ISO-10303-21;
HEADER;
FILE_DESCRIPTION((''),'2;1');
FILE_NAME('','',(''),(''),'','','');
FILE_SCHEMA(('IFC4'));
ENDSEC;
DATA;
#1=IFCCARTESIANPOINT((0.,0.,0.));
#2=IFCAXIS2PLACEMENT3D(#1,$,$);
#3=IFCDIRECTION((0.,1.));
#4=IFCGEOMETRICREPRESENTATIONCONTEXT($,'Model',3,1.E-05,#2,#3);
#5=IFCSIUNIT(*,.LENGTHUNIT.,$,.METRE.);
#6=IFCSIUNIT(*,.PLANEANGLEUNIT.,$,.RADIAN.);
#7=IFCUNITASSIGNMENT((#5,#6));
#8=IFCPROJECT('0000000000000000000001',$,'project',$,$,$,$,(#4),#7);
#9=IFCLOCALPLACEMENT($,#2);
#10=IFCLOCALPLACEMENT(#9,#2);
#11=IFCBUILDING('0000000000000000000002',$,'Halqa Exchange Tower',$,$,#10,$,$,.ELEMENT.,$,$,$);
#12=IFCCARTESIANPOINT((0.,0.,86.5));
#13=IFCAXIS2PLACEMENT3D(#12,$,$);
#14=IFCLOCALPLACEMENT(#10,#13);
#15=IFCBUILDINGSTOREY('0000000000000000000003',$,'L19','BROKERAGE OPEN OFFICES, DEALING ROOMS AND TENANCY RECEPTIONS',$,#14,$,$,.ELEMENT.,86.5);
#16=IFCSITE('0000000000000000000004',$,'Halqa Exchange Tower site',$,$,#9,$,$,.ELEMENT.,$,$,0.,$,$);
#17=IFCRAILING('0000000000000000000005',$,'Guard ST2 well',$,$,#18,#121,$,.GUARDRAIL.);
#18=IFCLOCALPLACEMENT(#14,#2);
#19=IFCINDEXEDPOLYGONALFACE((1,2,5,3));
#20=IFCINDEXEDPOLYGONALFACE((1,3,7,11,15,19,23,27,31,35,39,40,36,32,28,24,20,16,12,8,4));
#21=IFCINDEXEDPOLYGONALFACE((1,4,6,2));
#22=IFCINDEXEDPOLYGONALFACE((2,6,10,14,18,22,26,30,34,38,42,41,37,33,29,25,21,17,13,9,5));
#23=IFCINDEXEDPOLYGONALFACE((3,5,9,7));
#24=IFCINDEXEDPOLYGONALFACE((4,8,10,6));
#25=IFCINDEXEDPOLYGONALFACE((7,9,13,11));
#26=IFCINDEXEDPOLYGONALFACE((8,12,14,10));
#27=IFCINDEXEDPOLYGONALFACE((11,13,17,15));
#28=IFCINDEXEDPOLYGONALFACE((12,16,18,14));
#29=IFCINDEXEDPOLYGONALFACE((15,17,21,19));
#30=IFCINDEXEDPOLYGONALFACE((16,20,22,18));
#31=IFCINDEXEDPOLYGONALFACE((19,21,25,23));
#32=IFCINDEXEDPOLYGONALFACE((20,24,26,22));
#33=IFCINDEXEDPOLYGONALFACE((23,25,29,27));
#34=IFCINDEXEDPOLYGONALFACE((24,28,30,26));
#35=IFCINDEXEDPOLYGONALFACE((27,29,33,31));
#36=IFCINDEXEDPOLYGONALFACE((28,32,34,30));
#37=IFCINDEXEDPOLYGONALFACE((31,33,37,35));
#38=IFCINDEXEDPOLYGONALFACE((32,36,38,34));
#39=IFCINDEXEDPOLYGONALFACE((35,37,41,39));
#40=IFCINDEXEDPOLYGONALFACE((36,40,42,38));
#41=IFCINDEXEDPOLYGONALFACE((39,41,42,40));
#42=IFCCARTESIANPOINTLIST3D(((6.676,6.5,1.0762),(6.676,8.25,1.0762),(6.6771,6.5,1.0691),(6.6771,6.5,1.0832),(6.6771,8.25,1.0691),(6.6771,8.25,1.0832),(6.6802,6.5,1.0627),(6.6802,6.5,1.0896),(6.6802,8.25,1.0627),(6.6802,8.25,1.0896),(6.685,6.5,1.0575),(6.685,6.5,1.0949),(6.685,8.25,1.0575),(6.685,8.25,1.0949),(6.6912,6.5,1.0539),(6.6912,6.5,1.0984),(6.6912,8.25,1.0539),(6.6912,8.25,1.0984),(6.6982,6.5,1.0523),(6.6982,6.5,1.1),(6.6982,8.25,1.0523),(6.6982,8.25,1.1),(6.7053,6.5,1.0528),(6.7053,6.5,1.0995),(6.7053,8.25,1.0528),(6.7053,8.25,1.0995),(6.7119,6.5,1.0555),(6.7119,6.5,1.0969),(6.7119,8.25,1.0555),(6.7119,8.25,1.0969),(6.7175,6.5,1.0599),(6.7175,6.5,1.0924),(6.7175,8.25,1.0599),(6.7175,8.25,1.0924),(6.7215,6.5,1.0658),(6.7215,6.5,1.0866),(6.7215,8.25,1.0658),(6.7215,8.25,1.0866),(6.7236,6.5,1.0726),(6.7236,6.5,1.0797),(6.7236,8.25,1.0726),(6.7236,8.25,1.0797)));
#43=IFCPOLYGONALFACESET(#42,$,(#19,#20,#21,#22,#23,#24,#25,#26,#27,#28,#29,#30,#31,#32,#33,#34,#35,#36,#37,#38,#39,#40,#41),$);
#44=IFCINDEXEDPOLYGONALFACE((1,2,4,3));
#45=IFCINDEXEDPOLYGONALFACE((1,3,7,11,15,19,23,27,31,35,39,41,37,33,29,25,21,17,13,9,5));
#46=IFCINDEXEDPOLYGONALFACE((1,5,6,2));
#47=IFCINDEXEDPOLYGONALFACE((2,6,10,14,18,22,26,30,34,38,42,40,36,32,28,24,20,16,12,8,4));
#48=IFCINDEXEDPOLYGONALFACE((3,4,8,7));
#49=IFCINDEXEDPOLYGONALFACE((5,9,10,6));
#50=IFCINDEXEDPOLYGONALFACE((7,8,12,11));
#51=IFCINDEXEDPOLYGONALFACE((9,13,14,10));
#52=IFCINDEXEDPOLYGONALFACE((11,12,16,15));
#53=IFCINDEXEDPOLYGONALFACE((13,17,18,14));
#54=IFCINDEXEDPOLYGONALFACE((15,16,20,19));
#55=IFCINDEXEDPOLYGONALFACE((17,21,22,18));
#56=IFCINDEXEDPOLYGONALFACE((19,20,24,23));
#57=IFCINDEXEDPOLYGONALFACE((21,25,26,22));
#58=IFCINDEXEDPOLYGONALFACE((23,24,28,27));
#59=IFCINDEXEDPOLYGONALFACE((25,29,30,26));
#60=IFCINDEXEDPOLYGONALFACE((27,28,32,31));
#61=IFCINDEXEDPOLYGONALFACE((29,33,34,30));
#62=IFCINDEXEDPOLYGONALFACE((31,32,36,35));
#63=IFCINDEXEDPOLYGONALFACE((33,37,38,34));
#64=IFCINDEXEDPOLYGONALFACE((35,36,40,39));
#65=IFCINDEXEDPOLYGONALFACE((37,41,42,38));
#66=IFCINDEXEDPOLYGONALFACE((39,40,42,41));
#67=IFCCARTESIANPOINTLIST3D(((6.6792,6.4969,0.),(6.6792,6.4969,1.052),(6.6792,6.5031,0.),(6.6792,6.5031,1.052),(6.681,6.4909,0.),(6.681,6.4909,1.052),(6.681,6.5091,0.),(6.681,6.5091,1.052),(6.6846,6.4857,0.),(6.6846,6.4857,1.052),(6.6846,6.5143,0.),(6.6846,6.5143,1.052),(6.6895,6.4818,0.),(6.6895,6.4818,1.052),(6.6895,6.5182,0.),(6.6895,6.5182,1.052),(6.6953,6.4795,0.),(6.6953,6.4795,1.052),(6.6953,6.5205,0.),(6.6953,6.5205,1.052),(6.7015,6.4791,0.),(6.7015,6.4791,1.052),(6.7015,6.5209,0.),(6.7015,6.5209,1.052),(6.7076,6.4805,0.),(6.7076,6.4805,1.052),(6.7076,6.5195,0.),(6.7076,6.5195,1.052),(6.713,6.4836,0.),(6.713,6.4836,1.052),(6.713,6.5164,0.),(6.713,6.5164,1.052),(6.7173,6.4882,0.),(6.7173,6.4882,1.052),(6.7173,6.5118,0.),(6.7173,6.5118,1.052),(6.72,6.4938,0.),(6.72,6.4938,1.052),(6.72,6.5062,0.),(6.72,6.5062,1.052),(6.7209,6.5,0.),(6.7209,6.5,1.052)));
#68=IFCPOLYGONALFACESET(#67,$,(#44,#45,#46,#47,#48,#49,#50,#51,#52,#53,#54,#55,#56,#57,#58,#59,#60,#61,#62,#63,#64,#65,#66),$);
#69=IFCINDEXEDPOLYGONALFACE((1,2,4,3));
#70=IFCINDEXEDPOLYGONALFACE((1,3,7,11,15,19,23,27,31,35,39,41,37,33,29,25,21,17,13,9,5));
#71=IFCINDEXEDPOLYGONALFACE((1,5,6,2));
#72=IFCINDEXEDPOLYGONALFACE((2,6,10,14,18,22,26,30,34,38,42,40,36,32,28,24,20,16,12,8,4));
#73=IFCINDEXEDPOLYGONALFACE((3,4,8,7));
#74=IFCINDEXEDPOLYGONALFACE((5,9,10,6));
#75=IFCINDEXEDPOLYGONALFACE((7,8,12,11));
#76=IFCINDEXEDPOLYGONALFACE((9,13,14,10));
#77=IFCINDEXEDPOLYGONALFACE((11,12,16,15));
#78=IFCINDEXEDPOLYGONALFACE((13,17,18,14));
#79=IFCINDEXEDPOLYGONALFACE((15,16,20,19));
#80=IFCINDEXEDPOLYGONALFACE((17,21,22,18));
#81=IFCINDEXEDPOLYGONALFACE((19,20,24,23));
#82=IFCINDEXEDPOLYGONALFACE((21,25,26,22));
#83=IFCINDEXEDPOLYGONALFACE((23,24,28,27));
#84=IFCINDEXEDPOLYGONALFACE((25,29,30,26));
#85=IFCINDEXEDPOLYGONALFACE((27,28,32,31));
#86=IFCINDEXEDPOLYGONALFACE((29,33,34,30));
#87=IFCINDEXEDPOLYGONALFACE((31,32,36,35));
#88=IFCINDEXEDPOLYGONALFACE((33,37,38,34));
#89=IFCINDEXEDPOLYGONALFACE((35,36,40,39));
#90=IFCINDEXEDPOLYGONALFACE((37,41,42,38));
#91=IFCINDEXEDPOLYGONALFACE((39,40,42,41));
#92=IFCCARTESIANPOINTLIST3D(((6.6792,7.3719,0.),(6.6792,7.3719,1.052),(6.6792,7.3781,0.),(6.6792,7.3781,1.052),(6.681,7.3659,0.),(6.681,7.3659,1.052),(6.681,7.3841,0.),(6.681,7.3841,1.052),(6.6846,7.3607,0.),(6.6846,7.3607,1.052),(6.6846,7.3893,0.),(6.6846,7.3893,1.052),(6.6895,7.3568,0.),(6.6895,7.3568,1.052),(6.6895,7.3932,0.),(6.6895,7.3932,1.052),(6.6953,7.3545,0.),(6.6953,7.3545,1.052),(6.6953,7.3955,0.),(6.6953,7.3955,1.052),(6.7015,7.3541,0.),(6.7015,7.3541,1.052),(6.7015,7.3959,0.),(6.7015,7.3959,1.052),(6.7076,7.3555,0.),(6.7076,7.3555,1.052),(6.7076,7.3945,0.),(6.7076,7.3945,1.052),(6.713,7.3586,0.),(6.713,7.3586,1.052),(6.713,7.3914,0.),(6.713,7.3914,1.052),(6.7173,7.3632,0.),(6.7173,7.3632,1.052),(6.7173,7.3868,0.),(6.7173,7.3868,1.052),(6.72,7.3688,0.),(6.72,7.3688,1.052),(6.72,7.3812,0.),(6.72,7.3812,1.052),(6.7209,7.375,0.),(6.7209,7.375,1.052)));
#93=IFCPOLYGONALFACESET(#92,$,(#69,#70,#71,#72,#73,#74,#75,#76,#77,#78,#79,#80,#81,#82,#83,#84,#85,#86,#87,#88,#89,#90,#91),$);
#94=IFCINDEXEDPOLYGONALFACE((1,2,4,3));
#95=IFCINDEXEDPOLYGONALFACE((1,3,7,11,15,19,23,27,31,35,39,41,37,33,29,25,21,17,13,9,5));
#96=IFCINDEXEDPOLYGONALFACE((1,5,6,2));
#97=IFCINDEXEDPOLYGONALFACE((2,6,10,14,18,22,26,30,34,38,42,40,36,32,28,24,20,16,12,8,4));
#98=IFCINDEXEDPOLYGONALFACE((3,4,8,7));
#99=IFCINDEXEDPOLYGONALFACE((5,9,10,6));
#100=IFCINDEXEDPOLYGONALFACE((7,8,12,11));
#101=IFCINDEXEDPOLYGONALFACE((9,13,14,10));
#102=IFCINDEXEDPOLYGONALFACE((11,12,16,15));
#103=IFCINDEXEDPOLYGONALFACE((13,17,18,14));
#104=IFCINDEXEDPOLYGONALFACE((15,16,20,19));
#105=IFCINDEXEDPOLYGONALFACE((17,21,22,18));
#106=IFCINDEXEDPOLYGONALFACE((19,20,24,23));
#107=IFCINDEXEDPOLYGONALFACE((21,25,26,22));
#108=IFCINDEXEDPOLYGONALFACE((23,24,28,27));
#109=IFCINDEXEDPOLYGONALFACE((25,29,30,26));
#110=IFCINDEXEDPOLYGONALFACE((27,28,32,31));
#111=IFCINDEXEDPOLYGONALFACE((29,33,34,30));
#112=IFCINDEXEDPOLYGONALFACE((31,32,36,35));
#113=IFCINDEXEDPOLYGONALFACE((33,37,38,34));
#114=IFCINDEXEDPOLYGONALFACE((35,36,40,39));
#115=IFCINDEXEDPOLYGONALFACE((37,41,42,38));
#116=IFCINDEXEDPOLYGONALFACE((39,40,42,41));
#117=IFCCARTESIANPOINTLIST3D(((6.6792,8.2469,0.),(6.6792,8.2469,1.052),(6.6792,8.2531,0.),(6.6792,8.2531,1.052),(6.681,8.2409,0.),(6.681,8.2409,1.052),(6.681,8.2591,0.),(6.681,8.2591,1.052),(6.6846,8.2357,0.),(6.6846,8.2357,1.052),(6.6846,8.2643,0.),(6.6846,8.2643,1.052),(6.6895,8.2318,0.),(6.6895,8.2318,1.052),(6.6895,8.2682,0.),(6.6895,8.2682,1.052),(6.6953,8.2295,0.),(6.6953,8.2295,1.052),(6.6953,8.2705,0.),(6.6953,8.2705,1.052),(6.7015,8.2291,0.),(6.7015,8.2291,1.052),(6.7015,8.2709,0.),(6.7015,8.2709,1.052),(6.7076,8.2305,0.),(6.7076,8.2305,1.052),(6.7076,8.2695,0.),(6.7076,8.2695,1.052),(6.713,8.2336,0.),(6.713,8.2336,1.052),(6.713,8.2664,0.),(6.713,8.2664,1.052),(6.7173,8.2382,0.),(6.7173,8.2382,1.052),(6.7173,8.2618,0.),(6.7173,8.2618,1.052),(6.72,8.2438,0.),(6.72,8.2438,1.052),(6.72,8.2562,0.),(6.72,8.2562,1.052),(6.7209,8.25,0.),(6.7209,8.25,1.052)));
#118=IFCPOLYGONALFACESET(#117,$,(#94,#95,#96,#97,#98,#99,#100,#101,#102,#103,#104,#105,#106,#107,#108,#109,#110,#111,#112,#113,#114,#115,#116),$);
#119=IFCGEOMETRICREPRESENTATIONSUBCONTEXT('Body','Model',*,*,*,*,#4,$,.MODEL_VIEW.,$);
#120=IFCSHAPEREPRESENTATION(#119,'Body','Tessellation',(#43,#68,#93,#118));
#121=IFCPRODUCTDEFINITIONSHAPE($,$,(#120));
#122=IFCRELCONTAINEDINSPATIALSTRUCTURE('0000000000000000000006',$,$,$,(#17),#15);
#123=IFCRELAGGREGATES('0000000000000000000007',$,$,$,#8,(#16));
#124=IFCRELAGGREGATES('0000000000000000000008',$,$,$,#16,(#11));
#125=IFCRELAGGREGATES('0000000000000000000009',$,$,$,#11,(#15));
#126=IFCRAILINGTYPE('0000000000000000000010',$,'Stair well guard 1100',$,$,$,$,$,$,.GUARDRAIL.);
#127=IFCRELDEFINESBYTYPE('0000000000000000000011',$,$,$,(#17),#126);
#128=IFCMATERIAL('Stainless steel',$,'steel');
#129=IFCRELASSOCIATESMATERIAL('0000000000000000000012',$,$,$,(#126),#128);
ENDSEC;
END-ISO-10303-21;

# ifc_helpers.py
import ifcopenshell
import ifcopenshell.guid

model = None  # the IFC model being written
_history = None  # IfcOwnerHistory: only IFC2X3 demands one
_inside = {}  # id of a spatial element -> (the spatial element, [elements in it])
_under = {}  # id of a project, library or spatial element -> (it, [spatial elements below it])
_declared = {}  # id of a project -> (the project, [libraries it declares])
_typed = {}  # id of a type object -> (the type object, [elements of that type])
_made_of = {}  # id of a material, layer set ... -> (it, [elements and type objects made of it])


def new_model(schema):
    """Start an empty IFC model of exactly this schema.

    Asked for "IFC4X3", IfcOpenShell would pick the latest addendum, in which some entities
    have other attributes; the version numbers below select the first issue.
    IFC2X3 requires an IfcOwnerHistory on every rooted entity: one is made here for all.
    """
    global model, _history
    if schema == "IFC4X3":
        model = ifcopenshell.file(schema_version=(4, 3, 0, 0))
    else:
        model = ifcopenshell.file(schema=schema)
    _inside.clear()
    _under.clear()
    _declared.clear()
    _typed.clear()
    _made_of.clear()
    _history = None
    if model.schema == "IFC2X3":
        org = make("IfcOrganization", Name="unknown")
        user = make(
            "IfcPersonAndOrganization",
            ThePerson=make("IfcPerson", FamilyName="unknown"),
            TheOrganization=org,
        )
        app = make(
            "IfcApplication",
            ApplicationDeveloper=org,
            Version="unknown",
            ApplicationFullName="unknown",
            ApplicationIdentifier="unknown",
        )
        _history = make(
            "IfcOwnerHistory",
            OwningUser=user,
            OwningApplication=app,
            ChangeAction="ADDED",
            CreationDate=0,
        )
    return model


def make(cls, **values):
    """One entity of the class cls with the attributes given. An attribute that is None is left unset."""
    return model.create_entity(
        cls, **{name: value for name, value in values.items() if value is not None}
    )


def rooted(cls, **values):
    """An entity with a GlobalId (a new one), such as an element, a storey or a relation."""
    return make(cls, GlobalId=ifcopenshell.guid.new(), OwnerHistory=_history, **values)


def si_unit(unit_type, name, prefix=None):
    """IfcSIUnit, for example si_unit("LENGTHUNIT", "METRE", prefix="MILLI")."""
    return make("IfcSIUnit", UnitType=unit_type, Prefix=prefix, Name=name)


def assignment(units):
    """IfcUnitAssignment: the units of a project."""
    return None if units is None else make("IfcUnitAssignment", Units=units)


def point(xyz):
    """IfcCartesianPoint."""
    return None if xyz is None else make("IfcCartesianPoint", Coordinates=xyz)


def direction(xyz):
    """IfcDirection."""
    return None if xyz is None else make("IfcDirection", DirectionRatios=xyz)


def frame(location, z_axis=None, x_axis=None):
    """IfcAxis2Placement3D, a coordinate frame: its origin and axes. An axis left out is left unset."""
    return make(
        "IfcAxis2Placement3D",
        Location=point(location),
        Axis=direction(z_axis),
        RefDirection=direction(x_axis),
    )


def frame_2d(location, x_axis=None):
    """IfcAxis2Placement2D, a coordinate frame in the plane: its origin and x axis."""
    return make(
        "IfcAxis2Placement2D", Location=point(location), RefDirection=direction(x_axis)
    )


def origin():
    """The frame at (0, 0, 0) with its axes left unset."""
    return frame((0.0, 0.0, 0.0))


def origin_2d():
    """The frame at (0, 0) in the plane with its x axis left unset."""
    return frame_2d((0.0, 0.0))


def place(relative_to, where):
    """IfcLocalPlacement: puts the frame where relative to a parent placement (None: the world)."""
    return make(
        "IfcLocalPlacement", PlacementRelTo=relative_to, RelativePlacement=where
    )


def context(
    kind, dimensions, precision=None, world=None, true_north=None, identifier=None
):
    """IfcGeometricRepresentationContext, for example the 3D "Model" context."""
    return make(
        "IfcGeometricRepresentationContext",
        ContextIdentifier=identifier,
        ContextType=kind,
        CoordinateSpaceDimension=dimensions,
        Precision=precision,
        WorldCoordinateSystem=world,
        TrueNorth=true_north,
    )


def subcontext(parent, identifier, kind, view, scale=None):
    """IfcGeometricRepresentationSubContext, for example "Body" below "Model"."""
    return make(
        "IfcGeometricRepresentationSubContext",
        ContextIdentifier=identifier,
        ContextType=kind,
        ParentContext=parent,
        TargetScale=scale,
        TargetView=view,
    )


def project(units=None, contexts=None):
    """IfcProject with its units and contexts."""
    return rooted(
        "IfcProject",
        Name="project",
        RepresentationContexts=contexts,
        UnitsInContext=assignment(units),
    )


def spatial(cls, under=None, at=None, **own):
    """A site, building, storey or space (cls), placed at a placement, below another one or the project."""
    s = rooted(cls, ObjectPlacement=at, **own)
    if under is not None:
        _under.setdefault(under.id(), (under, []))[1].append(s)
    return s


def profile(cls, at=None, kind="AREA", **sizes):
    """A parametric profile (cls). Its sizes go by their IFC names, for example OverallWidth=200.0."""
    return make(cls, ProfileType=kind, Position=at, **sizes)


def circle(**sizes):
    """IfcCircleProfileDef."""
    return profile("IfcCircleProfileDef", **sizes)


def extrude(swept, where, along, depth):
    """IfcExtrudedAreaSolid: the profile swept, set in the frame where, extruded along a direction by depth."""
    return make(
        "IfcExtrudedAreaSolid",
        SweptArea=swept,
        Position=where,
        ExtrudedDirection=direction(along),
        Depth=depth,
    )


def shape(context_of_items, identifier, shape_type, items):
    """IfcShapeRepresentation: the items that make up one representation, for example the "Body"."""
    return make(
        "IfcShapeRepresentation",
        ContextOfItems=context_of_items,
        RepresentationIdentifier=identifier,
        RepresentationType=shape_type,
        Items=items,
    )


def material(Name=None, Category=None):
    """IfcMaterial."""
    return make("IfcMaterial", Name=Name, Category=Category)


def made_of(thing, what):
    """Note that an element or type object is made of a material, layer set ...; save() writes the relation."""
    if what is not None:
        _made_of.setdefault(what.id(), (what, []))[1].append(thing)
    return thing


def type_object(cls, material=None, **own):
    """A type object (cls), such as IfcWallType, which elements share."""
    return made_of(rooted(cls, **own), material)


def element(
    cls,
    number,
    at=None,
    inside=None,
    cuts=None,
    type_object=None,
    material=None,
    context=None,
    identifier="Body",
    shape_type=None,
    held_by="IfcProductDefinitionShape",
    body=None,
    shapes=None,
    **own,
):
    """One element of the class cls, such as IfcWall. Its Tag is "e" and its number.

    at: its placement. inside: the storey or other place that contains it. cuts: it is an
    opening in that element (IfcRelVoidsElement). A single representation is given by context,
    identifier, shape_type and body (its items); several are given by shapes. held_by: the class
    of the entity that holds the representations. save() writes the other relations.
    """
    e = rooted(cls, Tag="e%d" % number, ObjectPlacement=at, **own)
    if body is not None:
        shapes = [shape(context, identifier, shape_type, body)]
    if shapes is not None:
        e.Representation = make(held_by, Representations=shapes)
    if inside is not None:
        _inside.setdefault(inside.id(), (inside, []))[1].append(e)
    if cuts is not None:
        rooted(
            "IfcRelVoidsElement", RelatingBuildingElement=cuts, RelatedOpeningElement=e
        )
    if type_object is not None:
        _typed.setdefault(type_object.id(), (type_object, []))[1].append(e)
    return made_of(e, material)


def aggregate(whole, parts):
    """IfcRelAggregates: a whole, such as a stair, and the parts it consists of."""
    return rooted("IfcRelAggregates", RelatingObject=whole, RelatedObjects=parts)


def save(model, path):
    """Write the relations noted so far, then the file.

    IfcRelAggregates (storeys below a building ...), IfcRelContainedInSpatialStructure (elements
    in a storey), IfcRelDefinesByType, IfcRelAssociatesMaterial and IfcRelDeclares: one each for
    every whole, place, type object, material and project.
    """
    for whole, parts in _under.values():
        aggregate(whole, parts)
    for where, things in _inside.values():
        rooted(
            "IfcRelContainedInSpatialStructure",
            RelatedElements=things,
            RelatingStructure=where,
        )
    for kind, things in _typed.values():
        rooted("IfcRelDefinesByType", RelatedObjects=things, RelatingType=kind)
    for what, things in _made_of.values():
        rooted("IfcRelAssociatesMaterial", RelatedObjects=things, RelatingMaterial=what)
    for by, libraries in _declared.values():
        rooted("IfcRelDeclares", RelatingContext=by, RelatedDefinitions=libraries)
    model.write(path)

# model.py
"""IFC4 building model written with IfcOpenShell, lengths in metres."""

from ifc_helpers import new_model, si_unit, direction, frame, origin, origin_2d, place, context, subcontext, project, spatial, circle, extrude, material, type_object, element, save


model = new_model("IFC4")

# Units and contexts
model_context = context("Model", 3, precision=1e-05, world=origin(), true_north=direction((0.0, 1.0)))
body_context = subcontext(model_context, "Body", "Model", "MODEL_VIEW")
ifc_project = project(units=[si_unit("LENGTHUNIT", "METRE"), si_unit("PLANEANGLEUNIT", "RADIAN")], contexts=[model_context])

# Site, building, storey
site_placement = place(None, origin())
site = spatial("IfcSite", under=ifc_project, at=site_placement, Name="Halqa Exchange Tower site", CompositionType="ELEMENT", RefElevation=0.0)
building_placement = place(site_placement, origin())
building = spatial("IfcBuilding", under=site, at=building_placement, Name="Halqa Exchange Tower", CompositionType="ELEMENT")
storey_placement = place(building_placement, frame((0.0, 0.0, 86.5)))
storey = spatial("IfcBuildingStorey", under=building, at=storey_placement, Name="L19", Description="BROKERAGE OPEN OFFICES, DEALING ROOMS AND TENANCY RECEPTIONS", CompositionType="ELEMENT", Elevation=86.5)

# Railing
ifc_material_1 = material(Name="Stainless steel", Category="steel")
railing_type_1 = type_object("IfcRailingType", Name="Stair well guard 1100", PredefinedType="GUARDRAIL", material=ifc_material_1)
railing_1_placement = place(storey_placement, frame((6.7, 6.5, 0.0)))
element("IfcRailing", 1, at=railing_1_placement, inside=storey, type_object=railing_type_1, Name="Guard ST2 well", PredefinedType="GUARDRAIL", context=body_context, shape_type="SweptSolid", body=[
    extrude(circle(Radius=0.0239, at=origin_2d()), frame((0.0, 0.0, 1.0762), z_axis=(0.0, 1.0, 0.0), x_axis=(-1.0, 0.0, 0.0)), (0.0, 0.0, 1.0), 1.75),
    extrude(circle(Radius=0.021, at=origin_2d()), origin(), (0.0, 0.0, 1.0), 1.052),
    extrude(circle(Radius=0.021, at=origin_2d()), frame((0.0, 0.875, 0.0)), (0.0, 0.0, 1.0), 1.052),
    extrude(circle(Radius=0.021, at=origin_2d()), frame((0.0, 1.75, 0.0)), (0.0, 0.0, 1.0), 1.052),
])

save(model, "model.ifc")
